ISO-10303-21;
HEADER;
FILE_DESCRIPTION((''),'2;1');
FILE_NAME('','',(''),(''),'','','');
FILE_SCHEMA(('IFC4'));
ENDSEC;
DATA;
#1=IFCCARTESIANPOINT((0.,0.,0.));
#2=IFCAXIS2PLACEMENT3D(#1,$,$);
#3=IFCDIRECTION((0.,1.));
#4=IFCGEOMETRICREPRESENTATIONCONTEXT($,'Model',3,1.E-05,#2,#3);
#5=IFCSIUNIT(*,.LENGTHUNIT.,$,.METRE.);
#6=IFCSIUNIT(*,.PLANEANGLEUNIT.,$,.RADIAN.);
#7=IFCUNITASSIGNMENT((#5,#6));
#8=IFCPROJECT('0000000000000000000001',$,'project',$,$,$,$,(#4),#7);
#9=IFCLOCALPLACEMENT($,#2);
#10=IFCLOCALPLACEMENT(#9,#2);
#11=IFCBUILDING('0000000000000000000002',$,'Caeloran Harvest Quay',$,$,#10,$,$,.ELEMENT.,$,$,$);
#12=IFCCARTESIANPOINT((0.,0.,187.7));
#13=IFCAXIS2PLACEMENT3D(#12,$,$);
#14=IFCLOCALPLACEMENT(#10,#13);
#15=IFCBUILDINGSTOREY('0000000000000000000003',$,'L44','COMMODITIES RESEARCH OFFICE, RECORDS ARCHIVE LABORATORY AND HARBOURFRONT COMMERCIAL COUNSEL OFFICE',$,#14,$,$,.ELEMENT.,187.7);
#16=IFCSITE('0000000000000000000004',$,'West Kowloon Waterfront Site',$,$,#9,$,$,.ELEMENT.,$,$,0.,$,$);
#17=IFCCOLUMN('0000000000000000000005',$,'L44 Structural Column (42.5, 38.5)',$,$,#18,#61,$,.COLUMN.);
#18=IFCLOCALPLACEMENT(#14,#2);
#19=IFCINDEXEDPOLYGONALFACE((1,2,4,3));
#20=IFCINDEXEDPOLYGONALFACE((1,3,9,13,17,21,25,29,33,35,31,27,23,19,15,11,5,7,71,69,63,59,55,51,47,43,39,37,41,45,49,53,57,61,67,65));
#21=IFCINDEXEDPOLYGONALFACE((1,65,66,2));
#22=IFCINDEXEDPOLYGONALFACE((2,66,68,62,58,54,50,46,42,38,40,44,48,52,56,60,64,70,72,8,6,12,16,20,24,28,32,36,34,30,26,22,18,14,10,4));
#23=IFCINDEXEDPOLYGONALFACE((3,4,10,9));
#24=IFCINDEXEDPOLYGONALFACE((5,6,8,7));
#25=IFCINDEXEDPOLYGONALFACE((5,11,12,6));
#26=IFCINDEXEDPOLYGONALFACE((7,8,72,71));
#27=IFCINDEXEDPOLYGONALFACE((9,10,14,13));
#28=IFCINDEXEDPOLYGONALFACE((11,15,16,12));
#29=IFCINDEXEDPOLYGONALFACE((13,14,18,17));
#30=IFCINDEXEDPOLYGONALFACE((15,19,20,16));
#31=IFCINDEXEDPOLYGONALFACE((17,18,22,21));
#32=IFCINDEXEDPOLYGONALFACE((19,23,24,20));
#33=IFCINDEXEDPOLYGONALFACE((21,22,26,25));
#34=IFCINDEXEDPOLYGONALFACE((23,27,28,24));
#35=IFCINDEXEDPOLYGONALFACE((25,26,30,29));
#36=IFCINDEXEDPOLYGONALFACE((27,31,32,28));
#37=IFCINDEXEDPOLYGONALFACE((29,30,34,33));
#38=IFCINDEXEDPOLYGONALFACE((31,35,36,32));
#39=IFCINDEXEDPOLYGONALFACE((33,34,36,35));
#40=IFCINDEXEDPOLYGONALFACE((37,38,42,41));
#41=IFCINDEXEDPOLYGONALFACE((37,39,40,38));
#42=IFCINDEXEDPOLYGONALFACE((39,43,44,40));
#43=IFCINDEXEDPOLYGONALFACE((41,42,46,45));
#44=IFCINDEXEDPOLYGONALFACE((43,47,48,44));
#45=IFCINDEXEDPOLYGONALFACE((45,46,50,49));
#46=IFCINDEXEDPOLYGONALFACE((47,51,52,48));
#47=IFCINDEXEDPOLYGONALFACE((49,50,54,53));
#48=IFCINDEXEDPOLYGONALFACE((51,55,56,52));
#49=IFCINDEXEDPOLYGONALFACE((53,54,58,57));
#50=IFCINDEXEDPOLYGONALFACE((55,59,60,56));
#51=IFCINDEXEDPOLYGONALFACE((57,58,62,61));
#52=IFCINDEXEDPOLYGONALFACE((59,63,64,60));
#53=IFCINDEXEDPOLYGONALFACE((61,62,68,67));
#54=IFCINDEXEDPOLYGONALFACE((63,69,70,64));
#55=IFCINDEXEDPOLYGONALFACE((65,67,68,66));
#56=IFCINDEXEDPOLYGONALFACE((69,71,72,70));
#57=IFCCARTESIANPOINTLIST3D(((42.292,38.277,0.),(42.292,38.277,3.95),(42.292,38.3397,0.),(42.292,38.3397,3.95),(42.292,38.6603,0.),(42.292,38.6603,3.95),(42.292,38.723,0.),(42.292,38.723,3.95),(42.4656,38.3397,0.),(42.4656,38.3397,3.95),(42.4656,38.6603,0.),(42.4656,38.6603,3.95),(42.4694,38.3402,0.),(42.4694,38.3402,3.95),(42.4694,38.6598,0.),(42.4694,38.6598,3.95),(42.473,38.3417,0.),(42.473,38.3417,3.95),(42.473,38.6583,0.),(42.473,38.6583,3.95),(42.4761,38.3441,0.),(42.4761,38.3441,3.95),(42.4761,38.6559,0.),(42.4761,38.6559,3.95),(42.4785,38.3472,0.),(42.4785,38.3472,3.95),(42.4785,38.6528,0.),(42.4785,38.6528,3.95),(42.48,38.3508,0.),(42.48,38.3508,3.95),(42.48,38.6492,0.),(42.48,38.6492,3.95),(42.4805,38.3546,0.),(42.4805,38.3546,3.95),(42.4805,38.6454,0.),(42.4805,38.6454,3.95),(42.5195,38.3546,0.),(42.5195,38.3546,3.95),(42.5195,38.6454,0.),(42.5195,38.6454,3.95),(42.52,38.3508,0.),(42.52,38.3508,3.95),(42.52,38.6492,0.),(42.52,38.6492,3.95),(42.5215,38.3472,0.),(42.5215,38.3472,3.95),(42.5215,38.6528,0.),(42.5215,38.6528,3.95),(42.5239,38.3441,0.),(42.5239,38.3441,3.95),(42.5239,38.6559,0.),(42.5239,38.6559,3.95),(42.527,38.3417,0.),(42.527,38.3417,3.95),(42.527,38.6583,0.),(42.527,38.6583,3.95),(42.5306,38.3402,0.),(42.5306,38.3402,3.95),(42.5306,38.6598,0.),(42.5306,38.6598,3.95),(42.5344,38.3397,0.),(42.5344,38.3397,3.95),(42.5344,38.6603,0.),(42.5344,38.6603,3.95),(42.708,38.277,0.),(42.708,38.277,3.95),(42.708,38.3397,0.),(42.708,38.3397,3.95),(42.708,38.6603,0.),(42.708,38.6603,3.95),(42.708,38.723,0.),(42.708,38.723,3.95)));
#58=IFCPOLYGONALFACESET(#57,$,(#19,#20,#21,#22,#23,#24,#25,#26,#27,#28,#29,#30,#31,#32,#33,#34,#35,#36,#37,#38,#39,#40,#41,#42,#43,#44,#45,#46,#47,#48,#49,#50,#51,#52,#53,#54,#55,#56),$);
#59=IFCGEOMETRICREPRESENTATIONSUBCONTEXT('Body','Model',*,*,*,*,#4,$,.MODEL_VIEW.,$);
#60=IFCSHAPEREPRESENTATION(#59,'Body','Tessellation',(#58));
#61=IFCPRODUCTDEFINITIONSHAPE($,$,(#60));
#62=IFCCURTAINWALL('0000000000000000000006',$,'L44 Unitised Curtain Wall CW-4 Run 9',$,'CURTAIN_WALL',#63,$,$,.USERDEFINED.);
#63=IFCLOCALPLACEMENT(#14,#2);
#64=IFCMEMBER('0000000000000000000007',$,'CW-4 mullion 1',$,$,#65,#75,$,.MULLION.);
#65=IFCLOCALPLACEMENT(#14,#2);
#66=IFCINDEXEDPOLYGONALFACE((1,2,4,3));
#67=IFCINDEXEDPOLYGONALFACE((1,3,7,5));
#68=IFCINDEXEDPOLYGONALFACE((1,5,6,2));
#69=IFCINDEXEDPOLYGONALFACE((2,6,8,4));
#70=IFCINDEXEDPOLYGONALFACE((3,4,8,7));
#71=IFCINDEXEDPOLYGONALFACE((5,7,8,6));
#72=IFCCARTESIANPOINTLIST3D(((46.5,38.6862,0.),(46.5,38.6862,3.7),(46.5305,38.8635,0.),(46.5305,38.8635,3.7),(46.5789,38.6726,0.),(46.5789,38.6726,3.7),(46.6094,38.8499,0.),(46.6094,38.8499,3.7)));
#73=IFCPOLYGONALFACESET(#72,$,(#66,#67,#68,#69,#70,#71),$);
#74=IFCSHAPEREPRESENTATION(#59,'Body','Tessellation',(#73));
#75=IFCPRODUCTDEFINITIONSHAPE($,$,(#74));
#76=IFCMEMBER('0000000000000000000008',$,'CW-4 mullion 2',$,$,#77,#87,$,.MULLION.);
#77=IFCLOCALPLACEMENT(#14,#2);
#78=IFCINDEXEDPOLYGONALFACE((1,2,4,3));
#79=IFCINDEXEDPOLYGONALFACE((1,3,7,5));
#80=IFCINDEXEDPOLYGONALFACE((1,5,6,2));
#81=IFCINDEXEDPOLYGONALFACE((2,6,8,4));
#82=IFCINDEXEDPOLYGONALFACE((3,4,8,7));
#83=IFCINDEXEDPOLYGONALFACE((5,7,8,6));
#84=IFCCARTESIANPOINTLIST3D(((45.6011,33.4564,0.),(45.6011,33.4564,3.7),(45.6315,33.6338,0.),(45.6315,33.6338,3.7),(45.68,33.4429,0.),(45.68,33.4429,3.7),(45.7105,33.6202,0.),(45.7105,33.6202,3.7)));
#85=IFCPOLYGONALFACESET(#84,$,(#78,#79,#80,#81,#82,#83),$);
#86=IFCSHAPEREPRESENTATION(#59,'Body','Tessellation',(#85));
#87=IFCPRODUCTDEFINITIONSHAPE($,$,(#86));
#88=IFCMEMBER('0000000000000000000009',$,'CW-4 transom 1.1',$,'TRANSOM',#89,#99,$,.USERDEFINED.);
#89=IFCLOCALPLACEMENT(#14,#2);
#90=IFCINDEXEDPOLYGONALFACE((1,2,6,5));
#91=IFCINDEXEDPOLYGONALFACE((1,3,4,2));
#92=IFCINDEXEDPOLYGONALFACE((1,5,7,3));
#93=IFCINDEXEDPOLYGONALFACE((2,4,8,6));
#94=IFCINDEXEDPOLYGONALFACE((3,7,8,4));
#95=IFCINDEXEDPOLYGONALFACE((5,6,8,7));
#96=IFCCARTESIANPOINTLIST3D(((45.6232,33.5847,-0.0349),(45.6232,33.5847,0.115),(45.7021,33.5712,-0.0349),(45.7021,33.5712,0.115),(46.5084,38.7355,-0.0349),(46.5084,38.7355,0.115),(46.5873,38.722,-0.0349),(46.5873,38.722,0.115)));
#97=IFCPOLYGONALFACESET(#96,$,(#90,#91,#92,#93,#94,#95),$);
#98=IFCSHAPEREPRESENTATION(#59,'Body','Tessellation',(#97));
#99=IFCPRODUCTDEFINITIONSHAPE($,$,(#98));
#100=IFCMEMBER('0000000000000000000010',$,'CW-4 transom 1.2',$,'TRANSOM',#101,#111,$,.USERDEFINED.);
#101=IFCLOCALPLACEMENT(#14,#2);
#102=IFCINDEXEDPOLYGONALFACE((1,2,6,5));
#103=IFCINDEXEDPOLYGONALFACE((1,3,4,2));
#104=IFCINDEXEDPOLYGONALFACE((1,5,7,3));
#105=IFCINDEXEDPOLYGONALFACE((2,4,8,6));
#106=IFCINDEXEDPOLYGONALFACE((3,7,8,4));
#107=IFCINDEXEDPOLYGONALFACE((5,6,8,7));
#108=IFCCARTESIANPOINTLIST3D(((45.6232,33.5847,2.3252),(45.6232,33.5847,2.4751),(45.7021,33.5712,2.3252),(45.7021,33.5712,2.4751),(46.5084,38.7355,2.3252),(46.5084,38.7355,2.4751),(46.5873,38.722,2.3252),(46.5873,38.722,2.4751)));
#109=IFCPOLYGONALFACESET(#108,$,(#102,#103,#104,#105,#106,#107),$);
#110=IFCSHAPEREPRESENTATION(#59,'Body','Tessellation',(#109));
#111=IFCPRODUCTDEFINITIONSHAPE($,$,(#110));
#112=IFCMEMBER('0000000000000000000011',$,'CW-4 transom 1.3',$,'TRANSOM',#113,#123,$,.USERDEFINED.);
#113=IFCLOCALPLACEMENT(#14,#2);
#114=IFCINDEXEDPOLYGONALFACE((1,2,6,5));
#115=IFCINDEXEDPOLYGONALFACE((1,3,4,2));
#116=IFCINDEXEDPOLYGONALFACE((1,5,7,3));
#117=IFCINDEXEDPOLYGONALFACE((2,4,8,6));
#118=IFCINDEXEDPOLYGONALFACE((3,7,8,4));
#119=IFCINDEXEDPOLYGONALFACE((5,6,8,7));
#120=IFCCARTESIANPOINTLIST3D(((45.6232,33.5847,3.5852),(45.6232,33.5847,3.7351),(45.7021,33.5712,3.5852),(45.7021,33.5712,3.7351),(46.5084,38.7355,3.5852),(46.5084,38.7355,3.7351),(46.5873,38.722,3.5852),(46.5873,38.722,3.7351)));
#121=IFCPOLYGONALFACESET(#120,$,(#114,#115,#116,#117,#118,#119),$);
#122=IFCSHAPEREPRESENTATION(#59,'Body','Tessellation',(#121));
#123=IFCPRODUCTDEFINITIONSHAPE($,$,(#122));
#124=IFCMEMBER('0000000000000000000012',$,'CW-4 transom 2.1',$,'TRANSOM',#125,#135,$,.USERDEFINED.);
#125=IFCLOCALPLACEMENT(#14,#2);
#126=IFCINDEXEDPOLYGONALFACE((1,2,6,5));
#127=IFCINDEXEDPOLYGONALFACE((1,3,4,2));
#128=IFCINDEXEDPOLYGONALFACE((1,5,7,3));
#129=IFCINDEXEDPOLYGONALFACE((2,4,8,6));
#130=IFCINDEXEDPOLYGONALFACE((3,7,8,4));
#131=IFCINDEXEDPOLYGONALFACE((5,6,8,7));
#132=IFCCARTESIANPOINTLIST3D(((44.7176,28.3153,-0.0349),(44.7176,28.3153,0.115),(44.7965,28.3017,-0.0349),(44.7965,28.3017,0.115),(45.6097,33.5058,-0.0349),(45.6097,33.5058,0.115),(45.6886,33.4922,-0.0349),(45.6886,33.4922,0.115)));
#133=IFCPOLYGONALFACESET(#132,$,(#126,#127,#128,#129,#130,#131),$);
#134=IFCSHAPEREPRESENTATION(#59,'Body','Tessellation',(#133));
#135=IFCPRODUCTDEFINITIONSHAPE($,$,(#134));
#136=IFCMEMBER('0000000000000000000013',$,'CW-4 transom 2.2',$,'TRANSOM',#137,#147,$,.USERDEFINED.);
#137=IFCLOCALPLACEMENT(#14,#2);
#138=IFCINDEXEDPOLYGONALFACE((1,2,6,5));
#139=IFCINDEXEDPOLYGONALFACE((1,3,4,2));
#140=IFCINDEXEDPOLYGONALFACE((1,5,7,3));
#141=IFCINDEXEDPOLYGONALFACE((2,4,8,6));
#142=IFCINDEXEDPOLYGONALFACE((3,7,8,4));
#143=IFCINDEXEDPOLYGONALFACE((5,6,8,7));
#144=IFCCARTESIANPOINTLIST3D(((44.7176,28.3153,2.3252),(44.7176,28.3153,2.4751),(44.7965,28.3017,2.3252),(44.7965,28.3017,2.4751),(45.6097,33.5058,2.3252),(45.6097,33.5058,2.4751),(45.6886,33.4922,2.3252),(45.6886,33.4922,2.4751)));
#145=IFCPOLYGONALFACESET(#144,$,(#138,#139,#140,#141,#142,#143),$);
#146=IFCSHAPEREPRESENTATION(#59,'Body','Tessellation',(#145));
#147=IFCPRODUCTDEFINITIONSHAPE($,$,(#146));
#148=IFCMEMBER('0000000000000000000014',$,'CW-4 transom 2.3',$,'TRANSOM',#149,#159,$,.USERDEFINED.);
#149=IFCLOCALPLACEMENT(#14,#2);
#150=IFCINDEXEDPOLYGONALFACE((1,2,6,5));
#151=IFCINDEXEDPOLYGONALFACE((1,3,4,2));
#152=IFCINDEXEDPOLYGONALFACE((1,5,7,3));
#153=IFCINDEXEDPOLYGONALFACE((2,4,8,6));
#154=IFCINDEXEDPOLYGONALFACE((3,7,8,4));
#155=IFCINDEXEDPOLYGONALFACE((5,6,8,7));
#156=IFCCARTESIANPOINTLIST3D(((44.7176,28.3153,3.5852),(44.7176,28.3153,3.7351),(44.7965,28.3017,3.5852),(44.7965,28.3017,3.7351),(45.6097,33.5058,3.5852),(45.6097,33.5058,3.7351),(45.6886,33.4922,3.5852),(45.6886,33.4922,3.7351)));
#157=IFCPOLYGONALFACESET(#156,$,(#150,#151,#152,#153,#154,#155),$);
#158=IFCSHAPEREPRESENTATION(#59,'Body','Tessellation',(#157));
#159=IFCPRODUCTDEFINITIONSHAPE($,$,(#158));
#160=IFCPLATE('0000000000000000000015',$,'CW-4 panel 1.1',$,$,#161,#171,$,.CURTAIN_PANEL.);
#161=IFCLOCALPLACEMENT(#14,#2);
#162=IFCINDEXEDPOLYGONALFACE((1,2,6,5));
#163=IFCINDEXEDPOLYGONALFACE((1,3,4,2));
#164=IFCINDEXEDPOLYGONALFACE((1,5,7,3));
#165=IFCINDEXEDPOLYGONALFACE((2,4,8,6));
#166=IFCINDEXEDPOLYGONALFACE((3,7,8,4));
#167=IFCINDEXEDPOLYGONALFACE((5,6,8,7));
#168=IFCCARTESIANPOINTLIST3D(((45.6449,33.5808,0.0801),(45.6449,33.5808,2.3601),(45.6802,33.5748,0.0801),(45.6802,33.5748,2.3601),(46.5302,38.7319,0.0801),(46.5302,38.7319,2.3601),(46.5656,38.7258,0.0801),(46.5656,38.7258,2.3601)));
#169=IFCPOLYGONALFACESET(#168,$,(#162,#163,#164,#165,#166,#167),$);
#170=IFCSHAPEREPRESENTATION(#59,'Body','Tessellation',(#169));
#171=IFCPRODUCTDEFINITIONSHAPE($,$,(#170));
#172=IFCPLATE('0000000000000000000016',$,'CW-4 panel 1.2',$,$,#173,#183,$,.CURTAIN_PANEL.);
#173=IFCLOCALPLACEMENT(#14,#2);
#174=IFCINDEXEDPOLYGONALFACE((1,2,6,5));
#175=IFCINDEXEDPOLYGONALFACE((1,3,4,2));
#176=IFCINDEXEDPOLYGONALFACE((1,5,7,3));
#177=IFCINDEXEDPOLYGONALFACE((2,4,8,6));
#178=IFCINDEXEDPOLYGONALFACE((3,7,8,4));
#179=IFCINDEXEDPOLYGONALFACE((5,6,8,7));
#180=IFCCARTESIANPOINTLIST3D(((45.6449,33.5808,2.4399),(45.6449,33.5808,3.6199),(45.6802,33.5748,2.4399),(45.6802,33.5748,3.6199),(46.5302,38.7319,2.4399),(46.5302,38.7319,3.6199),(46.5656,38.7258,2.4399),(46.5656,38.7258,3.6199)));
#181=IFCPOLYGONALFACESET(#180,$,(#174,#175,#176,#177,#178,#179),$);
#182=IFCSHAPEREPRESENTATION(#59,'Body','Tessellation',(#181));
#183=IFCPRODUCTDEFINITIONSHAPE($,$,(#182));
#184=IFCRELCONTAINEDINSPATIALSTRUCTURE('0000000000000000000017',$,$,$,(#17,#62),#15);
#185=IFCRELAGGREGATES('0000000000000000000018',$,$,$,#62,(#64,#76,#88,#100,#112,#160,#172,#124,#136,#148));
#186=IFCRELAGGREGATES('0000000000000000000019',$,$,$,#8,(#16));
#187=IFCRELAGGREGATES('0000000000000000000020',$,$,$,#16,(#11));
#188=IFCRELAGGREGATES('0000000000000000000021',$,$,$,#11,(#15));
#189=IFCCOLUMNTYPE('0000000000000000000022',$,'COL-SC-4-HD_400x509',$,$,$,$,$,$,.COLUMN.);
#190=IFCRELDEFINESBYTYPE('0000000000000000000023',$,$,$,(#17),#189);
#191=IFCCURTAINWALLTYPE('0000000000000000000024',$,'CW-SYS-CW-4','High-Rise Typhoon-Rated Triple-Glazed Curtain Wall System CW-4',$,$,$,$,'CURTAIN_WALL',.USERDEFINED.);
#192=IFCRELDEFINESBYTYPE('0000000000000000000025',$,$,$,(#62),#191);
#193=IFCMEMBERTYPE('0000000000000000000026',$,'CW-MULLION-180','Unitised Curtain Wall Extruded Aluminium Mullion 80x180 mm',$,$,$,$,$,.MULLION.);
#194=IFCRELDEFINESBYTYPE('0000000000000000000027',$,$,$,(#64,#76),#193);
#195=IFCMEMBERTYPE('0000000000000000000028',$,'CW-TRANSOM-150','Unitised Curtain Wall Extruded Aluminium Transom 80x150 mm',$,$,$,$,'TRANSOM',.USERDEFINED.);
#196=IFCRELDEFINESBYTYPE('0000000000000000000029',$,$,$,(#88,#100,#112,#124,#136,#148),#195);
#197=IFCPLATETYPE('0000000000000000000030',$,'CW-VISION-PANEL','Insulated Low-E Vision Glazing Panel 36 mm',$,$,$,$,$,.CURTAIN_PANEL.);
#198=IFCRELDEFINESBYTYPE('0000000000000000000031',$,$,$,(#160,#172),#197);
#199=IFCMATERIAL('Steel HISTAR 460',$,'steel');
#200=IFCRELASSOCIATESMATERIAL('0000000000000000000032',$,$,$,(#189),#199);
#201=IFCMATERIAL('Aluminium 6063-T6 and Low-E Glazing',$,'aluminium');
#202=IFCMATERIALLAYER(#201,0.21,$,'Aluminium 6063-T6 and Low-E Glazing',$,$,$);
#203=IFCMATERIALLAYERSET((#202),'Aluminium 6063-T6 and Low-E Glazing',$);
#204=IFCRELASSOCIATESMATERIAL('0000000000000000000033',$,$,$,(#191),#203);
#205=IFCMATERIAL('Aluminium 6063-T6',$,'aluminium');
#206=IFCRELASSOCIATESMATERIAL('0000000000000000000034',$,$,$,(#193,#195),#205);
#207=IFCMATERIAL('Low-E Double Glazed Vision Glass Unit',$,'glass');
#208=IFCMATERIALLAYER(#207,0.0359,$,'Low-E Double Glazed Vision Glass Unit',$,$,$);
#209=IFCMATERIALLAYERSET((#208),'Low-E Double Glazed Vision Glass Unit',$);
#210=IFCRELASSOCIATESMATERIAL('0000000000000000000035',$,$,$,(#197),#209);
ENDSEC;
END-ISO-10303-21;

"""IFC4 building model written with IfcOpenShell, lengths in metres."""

from ifc_helpers import new_model, si_unit, direction, frame, origin, origin_2d, place, context, subcontext, project, spatial, rectangle, i_section, extrude, material, layer, layer_set, material_profile, profile_set, type_object, element, aggregate, save


model = new_model("IFC4")

# Units and contexts
model_context = context("Model", 3, precision=1e-05, world=origin(), true_north=direction((0.0, 1.0)))
body_context = subcontext(model_context, "Body", "Model", "MODEL_VIEW")
ifc_project = project(units=[si_unit("LENGTHUNIT", "METRE"), si_unit("PLANEANGLEUNIT", "RADIAN")], contexts=[model_context])

# Site, building, storey
site_placement = place(None, origin())
site = spatial("IfcSite", under=ifc_project, at=site_placement, Name="West Kowloon Waterfront Site", CompositionType="ELEMENT", RefElevation=0.0)
building_placement = place(site_placement, origin())
building = spatial("IfcBuilding", under=site, at=building_placement, Name="Caeloran Harvest Quay", CompositionType="ELEMENT")
storey_placement = place(building_placement, frame((0.0, 0.0, 187.7)))
storey = spatial("IfcBuildingStorey", under=building, at=storey_placement, Name="L44", Description="COMMODITIES RESEARCH OFFICE, RECORDS ARCHIVE LABORATORY AND HARBOURFRONT COMMERCIAL COUNSEL OFFICE", CompositionType="ELEMENT", Elevation=187.7)

# Column
ifc_material_1 = material(Name="Steel HISTAR 460", Category="steel")
ifc_material_profile_1 = material_profile(ifc_material_1, i_section(OverallWidth=0.416, OverallDepth=0.446, WebThickness=0.0391, FlangeThickness=0.0627, FilletRadius=0.0149, at=origin_2d()), Name="HD 400x509")
ifc_profile_set_1 = profile_set([ifc_material_profile_1], Name="Steel HISTAR 460")
column_type = type_object("IfcColumnType", Name="COL-SC-4-HD_400x509", PredefinedType="COLUMN", material=ifc_profile_set_1)
column_placement = place(storey_placement, frame((42.5, 38.5, 0.0), z_axis=(0.0, 0.0, 1.0), x_axis=(1.0, 0.0, 0.0)))
element("IfcColumn", 1, at=column_placement, inside=storey, type_object=column_type, Name="L44 Structural Column (42.5, 38.5)", PredefinedType="COLUMN", context=body_context, shape_type="SweptSolid", body=[
    extrude(i_section(OverallWidth=0.416, OverallDepth=0.446, WebThickness=0.0391, FlangeThickness=0.0627, FilletRadius=0.0149, at=origin_2d()), origin(), (0.0, 0.0, 1.0), 3.95),
])

# Curtain wall, members, plates
ifc_material_2 = material(Name="Aluminium 6063-T6 and Low-E Glazing", Category="aluminium")
ifc_layer_1 = layer(ifc_material_2, 0.21, Name="Aluminium 6063-T6 and Low-E Glazing")
ifc_layer_set_1 = layer_set([ifc_layer_1], Name="Aluminium 6063-T6 and Low-E Glazing")
curtain_wall_type = type_object("IfcCurtainWallType", Name="CW-SYS-CW-4", Description="High-Rise Typhoon-Rated Triple-Glazed Curtain Wall System CW-4", ElementType="CURTAIN_WALL", PredefinedType="USERDEFINED", material=ifc_layer_set_1)
curtain_wall_placement = place(storey_placement, origin())
curtain_wall = element("IfcCurtainWall", 2, at=curtain_wall_placement, inside=storey, type_object=curtain_wall_type, Name="L44 Unitised Curtain Wall CW-4 Run 9", ObjectType="CURTAIN_WALL", PredefinedType="USERDEFINED")
ifc_material_3 = material(Name="Aluminium 6063-T6", Category="aluminium")
ifc_material_profile_2 = material_profile(ifc_material_3, rectangle(XDim=0.0801, YDim=0.1799, at=origin_2d()), Name="CW-MULLION-180")
ifc_profile_set_2 = profile_set([ifc_material_profile_2], Name="Aluminium 6063-T6")
member_type_1 = type_object("IfcMemberType", Name="CW-MULLION-180", Description="Unitised Curtain Wall Extruded Aluminium Mullion 80x180 mm", PredefinedType="MULLION", material=ifc_profile_set_2)
member_1_placement = place(storey_placement, frame((46.5547, 38.7681, 0.0), z_axis=(0.0, 0.0, 1.0), x_axis=(0.985549, -0.169392, 0.0)))
member_1 = element("IfcMember", 3, at=member_1_placement, type_object=member_type_1, Name="CW-4 mullion 1", PredefinedType="MULLION", context=body_context, shape_type="SweptSolid", body=[
    extrude(rectangle(XDim=0.0801, YDim=0.1799, at=origin_2d()), origin(), (0.0, 0.0, 1.0), 3.7),
])
member_2_placement = place(storey_placement, frame((45.6558, 33.5383, 0.0), z_axis=(0.0, 0.0, 1.0), x_axis=(0.985549, -0.169392, 0.0)))
member_2 = element("IfcMember", 4, at=member_2_placement, type_object=member_type_1, Name="CW-4 mullion 2", PredefinedType="MULLION", context=body_context, shape_type="SweptSolid", body=[
    extrude(rectangle(XDim=0.0801, YDim=0.1799, at=origin_2d()), origin(), (0.0, 0.0, 1.0), 3.7),
])
ifc_material_profile_3 = material_profile(ifc_material_3, rectangle(XDim=0.0801, YDim=0.1499, at=origin_2d()), Name="CW-TRANSOM-150")
ifc_profile_set_3 = profile_set([ifc_material_profile_3], Name="Aluminium 6063-T6")
member_type_2 = type_object("IfcMemberType", Name="CW-TRANSOM-150", Description="Unitised Curtain Wall Extruded Aluminium Transom 80x150 mm", ElementType="TRANSOM", PredefinedType="USERDEFINED", material=ifc_profile_set_3)
member_3_placement = place(storey_placement, frame((46.5479, 38.7288, 0.04), z_axis=(-0.169381, -0.985551, 0.0), x_axis=(0.985551, -0.169381, 0.0)))
member_3 = element("IfcMember", 5, at=member_3_placement, type_object=member_type_2, Name="CW-4 transom 1.1", ObjectType="TRANSOM", PredefinedType="USERDEFINED", context=body_context, shape_type="SweptSolid", body=[
    extrude(rectangle(XDim=0.0801, YDim=0.1499, at=origin_2d()), origin(), (0.0, 0.0, 1.0), 5.2263),
])
member_4_placement = place(storey_placement, frame((46.5479, 38.7288, 2.4001), z_axis=(-0.169381, -0.985551, 0.0), x_axis=(0.985551, -0.169381, 0.0)))
member_4 = element("IfcMember", 6, at=member_4_placement, type_object=member_type_2, Name="CW-4 transom 1.2", ObjectType="TRANSOM", PredefinedType="USERDEFINED", context=body_context, shape_type="SweptSolid", body=[
    extrude(rectangle(XDim=0.0801, YDim=0.1499, at=origin_2d()), origin(), (0.0, 0.0, 1.0), 5.2263),
])
member_5_placement = place(storey_placement, frame((46.5479, 38.7288, 3.6602), z_axis=(-0.169381, -0.985551, 0.0), x_axis=(0.985551, -0.169381, 0.0)))
member_5 = element("IfcMember", 7, at=member_5_placement, type_object=member_type_2, Name="CW-4 transom 1.3", ObjectType="TRANSOM", PredefinedType="USERDEFINED", context=body_context, shape_type="SweptSolid", body=[
    extrude(rectangle(XDim=0.0801, YDim=0.1499, at=origin_2d()), origin(), (0.0, 0.0, 1.0), 5.2263),
])
member_6_placement = place(storey_placement, frame((45.6492, 33.499, 0.04), z_axis=(-0.169388, -0.985549, 0.0), x_axis=(0.985549, -0.169388, 0.0)))
member_6 = element("IfcMember", 8, at=member_6_placement, type_object=member_type_2, Name="CW-4 transom 2.1", ObjectType="TRANSOM", PredefinedType="USERDEFINED", context=body_context, shape_type="SweptSolid", body=[
    extrude(rectangle(XDim=0.0801, YDim=0.1499, at=origin_2d()), origin(), (0.0, 0.0, 1.0), 5.2666),
])
member_7_placement = place(storey_placement, frame((45.6492, 33.499, 2.4001), z_axis=(-0.169388, -0.985549, 0.0), x_axis=(0.985549, -0.169388, 0.0)))
member_7 = element("IfcMember", 9, at=member_7_placement, type_object=member_type_2, Name="CW-4 transom 2.2", ObjectType="TRANSOM", PredefinedType="USERDEFINED", context=body_context, shape_type="SweptSolid", body=[
    extrude(rectangle(XDim=0.0801, YDim=0.1499, at=origin_2d()), origin(), (0.0, 0.0, 1.0), 5.2666),
])
member_8_placement = place(storey_placement, frame((45.6492, 33.499, 3.6602), z_axis=(-0.169388, -0.985549, 0.0), x_axis=(0.985549, -0.169388, 0.0)))
member_8 = element("IfcMember", 10, at=member_8_placement, type_object=member_type_2, Name="CW-4 transom 2.3", ObjectType="TRANSOM", PredefinedType="USERDEFINED", context=body_context, shape_type="SweptSolid", body=[
    extrude(rectangle(XDim=0.0801, YDim=0.1499, at=origin_2d()), origin(), (0.0, 0.0, 1.0), 5.2666),
])
ifc_material_4 = material(Name="Low-E Double Glazed Vision Glass Unit", Category="glass")
ifc_layer_2 = layer(ifc_material_4, 0.0359, Name="Low-E Double Glazed Vision Glass Unit")
ifc_layer_set_2 = layer_set([ifc_layer_2], Name="Low-E Double Glazed Vision Glass Unit")
plate_type = type_object("IfcPlateType", Name="CW-VISION-PANEL", Description="Insulated Low-E Vision Glazing Panel 36 mm", PredefinedType="CURTAIN_PANEL", material=ifc_layer_set_2)
plate_1_placement = place(storey_placement, frame((46.1052, 36.1533, 0.0801), z_axis=(0.0, 0.0, 1.0), x_axis=(-0.169392, -0.985549, 0.0)))
plate_1 = element("IfcPlate", 11, at=plate_1_placement, type_object=plate_type, Name="CW-4 panel 1.1", PredefinedType="CURTAIN_PANEL", context=body_context, shape_type="SweptSolid", body=[
    extrude(rectangle(XDim=5.2266, YDim=0.0359, at=origin_2d()), origin(), (0.0, 0.0, 1.0), 2.28),
])
plate_2_placement = place(storey_placement, frame((46.1052, 36.1533, 2.4399), z_axis=(0.0, 0.0, 1.0), x_axis=(-0.169392, -0.985549, 0.0)))
plate_2 = element("IfcPlate", 12, at=plate_2_placement, type_object=plate_type, Name="CW-4 panel 1.2", PredefinedType="CURTAIN_PANEL", context=body_context, shape_type="SweptSolid", body=[
    extrude(rectangle(XDim=5.2266, YDim=0.0359, at=origin_2d()), origin(), (0.0, 0.0, 1.0), 1.1799),
])
aggregate(curtain_wall, [member_1, member_2, member_3, member_4, member_5, plate_1, plate_2, member_6, member_7, member_8])

save(model, "model.ifc")
